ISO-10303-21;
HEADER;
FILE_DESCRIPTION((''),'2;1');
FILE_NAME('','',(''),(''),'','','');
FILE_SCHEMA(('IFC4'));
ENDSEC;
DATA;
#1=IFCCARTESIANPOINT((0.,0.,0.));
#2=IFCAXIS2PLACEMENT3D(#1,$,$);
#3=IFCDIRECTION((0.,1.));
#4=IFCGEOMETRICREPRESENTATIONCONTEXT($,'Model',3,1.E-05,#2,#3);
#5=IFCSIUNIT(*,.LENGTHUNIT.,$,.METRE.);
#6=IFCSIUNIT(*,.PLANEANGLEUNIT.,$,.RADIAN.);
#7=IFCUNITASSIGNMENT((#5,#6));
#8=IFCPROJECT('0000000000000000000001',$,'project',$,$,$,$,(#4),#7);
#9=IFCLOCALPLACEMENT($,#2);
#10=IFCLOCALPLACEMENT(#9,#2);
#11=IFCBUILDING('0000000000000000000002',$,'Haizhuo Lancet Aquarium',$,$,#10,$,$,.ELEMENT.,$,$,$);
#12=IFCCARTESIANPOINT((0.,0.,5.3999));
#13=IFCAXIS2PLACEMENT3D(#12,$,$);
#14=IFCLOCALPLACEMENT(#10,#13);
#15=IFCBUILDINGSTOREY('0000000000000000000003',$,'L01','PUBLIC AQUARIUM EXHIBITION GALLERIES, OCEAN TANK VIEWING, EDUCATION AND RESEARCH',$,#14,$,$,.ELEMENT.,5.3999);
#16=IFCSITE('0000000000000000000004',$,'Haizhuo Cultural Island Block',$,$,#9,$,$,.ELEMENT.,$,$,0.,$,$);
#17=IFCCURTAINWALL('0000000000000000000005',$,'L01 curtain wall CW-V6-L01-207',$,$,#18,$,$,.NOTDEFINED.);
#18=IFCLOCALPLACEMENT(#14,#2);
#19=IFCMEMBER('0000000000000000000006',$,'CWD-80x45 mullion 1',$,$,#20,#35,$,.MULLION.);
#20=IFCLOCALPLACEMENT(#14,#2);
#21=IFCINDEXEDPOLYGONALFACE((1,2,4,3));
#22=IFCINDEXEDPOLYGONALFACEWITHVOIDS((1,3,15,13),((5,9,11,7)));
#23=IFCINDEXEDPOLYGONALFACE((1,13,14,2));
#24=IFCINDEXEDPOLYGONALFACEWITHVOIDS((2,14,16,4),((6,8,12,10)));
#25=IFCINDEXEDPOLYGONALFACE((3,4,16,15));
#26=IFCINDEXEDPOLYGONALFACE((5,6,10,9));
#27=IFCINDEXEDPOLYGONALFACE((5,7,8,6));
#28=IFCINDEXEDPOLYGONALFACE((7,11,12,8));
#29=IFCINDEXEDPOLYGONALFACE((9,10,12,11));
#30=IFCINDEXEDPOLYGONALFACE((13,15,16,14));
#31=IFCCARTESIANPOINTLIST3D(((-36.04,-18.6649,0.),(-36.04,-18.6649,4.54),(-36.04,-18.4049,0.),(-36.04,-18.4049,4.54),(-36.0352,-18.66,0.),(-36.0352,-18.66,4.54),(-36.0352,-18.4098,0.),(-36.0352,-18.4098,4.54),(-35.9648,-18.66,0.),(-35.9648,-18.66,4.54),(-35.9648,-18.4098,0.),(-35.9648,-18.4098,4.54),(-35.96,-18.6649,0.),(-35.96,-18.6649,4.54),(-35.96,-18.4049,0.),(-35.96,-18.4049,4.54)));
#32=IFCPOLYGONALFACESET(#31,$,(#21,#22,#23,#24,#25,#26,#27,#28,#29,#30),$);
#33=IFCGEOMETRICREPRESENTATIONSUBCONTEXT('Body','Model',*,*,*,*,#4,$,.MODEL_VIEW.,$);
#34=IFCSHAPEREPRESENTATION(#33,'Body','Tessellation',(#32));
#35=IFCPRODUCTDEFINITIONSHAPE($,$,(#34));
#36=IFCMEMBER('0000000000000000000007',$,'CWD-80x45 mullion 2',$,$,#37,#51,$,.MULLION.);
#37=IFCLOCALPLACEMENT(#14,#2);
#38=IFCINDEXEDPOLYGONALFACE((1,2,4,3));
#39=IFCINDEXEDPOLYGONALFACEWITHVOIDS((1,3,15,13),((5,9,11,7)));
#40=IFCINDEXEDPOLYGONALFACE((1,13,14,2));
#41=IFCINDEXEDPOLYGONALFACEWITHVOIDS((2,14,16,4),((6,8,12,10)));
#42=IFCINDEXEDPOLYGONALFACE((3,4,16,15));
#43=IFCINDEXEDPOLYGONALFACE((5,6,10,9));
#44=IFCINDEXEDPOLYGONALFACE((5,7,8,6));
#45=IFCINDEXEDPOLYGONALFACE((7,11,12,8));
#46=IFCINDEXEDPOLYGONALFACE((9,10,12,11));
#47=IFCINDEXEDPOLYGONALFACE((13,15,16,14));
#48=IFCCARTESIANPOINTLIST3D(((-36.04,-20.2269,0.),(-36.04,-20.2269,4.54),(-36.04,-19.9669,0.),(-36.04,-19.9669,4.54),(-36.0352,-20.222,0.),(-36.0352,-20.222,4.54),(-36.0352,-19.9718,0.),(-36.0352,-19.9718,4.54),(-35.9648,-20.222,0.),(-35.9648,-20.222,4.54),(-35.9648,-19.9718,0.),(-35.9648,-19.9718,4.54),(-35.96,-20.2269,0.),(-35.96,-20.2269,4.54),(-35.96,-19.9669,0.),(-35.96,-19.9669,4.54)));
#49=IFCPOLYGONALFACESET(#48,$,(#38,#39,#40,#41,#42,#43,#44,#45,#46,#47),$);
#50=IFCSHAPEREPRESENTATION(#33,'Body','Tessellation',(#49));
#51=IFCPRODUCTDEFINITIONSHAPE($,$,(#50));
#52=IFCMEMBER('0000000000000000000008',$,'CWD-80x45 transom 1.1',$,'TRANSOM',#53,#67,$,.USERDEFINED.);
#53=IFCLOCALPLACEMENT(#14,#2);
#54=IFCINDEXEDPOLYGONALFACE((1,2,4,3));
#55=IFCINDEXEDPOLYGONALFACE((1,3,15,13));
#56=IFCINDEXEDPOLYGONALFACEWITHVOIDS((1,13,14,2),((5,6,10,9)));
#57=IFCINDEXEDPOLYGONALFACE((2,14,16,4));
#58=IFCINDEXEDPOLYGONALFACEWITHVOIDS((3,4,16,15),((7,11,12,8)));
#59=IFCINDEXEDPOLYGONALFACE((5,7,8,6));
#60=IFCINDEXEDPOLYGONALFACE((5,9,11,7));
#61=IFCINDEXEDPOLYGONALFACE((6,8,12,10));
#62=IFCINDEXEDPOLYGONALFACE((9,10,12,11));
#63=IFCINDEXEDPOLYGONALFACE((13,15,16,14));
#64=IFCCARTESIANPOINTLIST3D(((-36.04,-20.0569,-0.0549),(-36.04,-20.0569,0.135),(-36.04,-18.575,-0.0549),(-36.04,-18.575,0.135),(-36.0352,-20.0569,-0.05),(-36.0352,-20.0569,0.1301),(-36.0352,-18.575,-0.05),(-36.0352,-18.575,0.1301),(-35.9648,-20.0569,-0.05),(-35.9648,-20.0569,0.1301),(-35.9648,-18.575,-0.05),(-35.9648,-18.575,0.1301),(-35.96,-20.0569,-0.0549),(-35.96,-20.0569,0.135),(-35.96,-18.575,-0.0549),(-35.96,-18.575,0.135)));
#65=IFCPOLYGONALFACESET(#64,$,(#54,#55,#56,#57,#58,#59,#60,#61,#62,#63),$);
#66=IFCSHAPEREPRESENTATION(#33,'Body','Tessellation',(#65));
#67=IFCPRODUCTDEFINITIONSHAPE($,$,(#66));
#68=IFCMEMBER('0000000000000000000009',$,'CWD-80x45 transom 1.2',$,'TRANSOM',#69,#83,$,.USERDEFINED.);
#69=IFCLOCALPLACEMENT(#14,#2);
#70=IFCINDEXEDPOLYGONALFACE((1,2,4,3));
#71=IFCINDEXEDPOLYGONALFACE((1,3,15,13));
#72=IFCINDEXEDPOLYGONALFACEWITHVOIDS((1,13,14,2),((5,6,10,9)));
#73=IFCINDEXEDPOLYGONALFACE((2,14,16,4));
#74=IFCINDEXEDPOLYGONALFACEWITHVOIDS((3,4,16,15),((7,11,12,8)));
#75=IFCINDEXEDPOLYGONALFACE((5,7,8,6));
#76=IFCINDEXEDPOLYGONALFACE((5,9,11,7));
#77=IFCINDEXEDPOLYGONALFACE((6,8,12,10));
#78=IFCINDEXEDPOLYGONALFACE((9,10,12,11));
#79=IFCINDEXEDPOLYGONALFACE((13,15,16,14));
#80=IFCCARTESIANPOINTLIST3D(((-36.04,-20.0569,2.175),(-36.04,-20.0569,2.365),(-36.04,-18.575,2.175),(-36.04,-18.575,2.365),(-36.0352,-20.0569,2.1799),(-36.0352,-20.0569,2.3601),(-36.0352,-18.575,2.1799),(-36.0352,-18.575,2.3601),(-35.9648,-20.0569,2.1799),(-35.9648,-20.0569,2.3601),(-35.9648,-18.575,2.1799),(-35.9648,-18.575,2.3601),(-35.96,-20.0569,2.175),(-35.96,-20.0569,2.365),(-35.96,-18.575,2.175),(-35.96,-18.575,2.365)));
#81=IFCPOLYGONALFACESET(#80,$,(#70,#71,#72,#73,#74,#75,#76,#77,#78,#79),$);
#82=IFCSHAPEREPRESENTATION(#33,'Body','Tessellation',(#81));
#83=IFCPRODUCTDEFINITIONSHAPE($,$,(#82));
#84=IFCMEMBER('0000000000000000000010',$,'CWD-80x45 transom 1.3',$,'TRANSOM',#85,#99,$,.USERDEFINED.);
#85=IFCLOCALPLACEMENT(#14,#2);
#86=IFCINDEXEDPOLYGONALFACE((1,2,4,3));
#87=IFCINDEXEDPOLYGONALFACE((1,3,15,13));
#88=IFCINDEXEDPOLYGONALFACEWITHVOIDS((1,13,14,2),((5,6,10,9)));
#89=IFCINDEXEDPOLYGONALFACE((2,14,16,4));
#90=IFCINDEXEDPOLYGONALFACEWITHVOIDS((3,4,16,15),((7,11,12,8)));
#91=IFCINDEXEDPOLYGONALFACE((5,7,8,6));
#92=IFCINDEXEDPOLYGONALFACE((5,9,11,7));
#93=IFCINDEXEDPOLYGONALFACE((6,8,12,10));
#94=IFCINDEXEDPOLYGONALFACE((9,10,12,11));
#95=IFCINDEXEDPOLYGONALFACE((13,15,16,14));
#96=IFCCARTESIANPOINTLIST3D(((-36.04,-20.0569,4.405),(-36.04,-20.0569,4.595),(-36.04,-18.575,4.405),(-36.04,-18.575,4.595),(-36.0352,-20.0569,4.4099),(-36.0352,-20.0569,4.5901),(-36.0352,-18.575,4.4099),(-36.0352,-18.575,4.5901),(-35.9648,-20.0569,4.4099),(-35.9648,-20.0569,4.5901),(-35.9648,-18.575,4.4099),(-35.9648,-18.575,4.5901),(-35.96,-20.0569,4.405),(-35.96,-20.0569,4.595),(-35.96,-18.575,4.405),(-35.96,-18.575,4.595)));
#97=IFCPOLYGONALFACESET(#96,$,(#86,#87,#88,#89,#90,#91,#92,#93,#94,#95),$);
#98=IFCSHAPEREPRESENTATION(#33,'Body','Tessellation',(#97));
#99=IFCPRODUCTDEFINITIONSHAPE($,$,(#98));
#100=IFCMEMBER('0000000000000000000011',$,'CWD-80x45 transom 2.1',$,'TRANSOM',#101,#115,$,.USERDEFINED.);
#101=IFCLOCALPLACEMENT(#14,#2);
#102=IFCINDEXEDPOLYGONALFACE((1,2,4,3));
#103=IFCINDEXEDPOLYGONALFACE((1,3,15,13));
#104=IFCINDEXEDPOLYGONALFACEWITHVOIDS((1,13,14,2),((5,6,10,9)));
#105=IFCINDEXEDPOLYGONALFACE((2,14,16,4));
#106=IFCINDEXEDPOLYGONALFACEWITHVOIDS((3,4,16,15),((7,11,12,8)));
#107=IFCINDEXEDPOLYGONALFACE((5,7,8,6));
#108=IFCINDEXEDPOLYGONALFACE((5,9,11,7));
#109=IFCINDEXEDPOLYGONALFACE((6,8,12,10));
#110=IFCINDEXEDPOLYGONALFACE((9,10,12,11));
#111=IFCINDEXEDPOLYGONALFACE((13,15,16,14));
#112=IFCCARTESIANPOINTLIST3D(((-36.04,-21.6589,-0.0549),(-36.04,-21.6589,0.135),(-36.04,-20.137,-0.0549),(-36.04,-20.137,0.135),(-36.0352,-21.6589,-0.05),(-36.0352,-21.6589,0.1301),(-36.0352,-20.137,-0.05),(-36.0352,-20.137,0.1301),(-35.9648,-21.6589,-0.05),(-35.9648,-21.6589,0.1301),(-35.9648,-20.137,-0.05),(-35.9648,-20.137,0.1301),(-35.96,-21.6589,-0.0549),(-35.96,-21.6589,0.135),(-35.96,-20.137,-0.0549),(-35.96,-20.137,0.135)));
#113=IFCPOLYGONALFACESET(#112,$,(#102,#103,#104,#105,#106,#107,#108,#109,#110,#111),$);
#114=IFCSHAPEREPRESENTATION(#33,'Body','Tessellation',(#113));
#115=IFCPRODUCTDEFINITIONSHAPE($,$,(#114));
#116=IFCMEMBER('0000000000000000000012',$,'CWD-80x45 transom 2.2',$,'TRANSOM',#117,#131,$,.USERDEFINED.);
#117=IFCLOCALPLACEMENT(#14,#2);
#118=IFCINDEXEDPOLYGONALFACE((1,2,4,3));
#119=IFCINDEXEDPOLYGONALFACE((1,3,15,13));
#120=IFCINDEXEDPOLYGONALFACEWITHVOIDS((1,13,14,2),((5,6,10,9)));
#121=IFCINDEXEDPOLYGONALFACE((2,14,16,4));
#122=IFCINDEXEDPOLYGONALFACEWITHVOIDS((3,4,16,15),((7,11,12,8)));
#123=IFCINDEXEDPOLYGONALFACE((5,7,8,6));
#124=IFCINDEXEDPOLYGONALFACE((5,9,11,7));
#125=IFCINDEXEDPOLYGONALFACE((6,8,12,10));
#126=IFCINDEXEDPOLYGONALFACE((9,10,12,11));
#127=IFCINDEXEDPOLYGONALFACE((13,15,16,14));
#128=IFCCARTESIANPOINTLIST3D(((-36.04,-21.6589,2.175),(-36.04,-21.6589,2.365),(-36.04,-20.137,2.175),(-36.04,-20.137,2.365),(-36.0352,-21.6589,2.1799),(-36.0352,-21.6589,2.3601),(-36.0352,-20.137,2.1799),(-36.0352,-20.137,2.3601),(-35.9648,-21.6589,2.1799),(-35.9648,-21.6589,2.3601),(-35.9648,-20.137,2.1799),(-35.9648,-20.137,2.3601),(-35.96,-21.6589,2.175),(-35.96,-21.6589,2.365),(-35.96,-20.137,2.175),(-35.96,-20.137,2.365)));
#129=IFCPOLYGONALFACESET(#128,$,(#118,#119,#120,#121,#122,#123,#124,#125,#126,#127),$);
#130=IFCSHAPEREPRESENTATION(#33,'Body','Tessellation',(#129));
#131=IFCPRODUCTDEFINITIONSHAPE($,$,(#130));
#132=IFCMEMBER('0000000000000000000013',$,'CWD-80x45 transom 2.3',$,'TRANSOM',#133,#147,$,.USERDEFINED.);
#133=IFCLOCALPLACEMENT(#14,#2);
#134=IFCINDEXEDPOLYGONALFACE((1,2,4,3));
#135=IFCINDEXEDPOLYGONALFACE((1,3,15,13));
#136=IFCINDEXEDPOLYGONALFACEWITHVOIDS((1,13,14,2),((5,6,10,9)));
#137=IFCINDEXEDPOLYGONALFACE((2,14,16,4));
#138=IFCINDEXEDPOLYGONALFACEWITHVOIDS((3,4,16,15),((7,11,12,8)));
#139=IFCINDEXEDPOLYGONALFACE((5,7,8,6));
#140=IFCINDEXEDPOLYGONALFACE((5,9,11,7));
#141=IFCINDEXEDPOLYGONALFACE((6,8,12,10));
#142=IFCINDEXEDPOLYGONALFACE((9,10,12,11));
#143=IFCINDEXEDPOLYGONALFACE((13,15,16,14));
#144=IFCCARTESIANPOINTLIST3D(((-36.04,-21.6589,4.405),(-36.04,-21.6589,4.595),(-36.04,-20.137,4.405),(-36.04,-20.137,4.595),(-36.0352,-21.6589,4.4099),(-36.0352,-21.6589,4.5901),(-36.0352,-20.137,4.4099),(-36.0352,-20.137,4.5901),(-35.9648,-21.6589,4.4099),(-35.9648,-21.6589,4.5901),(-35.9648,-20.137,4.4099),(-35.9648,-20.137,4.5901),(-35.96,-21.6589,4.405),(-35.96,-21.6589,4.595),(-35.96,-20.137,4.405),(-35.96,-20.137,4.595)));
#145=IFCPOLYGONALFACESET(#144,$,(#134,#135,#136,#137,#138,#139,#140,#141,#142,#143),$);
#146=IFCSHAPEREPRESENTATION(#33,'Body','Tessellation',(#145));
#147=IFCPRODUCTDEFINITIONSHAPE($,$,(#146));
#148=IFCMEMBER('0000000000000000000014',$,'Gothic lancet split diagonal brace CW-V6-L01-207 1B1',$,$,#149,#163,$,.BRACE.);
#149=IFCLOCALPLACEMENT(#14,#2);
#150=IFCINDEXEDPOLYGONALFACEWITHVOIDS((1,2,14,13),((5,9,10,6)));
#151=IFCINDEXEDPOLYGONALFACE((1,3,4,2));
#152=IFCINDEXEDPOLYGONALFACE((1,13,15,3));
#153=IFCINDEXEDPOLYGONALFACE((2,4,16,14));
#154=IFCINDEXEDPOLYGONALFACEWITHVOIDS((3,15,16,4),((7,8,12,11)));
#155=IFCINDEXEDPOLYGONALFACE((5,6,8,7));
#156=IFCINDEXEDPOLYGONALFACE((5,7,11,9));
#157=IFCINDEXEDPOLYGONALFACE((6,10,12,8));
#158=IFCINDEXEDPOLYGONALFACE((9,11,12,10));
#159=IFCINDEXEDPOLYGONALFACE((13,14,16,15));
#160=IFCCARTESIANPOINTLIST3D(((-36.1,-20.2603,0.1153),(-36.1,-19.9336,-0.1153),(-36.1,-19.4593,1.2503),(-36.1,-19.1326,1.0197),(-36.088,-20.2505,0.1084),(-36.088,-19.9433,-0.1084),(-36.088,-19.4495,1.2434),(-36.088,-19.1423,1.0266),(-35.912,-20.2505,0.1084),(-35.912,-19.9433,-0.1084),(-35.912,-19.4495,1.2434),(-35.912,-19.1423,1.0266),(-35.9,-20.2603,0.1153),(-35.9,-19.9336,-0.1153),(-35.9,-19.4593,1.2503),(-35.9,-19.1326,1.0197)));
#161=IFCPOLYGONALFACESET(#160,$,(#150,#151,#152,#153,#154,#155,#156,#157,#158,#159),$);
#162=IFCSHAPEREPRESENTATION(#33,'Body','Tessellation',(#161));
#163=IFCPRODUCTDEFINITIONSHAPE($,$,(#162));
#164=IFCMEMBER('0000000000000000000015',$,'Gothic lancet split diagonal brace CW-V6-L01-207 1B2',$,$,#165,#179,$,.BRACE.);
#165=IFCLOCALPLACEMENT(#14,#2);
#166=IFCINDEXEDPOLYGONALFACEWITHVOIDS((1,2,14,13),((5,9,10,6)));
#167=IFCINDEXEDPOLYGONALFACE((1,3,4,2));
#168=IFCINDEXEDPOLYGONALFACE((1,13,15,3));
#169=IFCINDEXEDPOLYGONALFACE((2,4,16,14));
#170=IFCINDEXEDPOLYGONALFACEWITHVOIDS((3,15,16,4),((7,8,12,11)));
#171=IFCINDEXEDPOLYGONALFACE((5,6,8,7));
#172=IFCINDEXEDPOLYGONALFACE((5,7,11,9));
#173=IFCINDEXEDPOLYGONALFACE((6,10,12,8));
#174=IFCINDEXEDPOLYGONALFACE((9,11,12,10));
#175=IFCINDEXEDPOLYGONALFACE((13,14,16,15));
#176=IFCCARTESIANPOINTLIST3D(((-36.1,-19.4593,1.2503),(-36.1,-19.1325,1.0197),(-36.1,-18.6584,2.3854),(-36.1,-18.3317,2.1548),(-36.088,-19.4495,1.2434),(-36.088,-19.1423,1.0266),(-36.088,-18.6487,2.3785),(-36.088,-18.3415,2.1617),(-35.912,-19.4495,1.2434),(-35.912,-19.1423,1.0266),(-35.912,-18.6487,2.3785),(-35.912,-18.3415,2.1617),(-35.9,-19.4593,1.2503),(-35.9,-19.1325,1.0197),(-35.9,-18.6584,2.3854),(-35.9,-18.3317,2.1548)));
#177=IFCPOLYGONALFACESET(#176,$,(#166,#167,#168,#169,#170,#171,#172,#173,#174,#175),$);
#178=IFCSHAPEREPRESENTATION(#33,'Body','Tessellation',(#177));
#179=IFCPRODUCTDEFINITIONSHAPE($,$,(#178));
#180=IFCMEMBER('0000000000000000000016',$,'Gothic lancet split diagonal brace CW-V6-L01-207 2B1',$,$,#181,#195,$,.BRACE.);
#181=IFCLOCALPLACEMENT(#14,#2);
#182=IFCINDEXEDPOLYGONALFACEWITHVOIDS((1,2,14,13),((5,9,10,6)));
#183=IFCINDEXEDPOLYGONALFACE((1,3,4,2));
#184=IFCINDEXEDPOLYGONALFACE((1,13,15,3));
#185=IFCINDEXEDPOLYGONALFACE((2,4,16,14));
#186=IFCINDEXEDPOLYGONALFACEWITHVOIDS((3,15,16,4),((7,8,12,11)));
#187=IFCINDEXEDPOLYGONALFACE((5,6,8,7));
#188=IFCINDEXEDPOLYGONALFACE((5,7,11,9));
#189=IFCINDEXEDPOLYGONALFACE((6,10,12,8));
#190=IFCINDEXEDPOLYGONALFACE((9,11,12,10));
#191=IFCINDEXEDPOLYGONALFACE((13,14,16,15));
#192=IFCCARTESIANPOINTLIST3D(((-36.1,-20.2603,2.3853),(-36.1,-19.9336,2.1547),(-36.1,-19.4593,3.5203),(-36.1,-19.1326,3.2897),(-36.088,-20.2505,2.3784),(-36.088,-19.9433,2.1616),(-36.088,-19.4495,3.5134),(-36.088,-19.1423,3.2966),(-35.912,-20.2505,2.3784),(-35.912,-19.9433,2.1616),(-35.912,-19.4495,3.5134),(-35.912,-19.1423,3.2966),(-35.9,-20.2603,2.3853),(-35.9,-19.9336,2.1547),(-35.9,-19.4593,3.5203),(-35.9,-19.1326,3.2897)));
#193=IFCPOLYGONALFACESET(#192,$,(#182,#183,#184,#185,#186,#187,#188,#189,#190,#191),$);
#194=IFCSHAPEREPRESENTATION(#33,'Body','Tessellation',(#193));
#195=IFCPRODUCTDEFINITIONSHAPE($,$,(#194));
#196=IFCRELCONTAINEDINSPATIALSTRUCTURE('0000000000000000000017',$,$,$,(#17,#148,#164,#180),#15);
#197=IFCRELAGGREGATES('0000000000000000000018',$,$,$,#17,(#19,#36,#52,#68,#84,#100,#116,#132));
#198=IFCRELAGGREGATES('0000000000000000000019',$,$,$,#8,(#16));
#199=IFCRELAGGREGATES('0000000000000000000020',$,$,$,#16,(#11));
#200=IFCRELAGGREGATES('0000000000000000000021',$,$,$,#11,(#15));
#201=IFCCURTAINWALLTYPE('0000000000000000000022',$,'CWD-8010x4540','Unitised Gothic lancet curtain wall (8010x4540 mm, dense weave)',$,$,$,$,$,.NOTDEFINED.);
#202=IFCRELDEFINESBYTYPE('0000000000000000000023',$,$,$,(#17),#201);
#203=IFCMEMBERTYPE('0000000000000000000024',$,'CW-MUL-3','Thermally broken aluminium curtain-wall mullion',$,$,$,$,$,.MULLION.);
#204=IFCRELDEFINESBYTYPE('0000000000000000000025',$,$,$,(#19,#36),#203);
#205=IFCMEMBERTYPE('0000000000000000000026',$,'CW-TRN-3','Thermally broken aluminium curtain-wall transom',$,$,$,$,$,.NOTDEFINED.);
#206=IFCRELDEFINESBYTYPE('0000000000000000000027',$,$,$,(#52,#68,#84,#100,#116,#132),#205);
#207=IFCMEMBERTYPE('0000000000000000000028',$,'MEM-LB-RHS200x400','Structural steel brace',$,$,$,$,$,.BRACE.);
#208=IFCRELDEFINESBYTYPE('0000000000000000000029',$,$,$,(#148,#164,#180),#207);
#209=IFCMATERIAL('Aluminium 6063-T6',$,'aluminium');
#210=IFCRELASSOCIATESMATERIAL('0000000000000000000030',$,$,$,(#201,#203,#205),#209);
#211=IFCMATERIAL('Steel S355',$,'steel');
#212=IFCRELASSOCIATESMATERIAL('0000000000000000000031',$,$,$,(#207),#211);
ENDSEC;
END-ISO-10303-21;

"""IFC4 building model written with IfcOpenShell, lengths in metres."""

from ifc_helpers import new_model, si_unit, direction, frame, origin, origin_2d, place, context, subcontext, project, spatial, hollow_rectangle, extrude, material, material_profile, profile_set, type_object, element, aggregate, save


model = new_model("IFC4")

# Units and contexts
model_context = context("Model", 3, precision=1e-05, world=origin(), true_north=direction((0.0, 1.0)))
body_context = subcontext(model_context, "Body", "Model", "MODEL_VIEW")
ifc_project = project(units=[si_unit("LENGTHUNIT", "METRE"), si_unit("PLANEANGLEUNIT", "RADIAN")], contexts=[model_context])

# Site, building, storey
site_placement = place(None, origin())
site = spatial("IfcSite", under=ifc_project, at=site_placement, Name="Haizhuo Cultural Island Block", CompositionType="ELEMENT", RefElevation=0.0)
building_placement = place(site_placement, origin())
building = spatial("IfcBuilding", under=site, at=building_placement, Name="Haizhuo Lancet Aquarium", CompositionType="ELEMENT")
storey_placement = place(building_placement, frame((0.0, 0.0, 5.3999)))
storey = spatial("IfcBuildingStorey", under=building, at=storey_placement, Name="L01", Description="PUBLIC AQUARIUM EXHIBITION GALLERIES, OCEAN TANK VIEWING, EDUCATION AND RESEARCH", CompositionType="ELEMENT", Elevation=5.3999)

# Curtain wall, members
ifc_material_1 = material(Name="Aluminium 6063-T6", Category="aluminium")
curtain_wall_type = type_object("IfcCurtainWallType", Name="CWD-8010x4540", Description="Unitised Gothic lancet curtain wall (8010x4540 mm, dense weave)", PredefinedType="NOTDEFINED", material=ifc_material_1)
curtain_wall_placement = place(storey_placement, origin())
curtain_wall = element("IfcCurtainWall", 1, at=curtain_wall_placement, inside=storey, type_object=curtain_wall_type, Name="L01 curtain wall CW-V6-L01-207", PredefinedType="NOTDEFINED")
ifc_material_profile_1 = material_profile(ifc_material_1, hollow_rectangle(XDim=0.0801, YDim=0.26, WallThickness=0.0049, at=origin_2d()), Name="ALU-M 80x260x5")
ifc_profile_set_1 = profile_set([ifc_material_profile_1], Name="Aluminium 6063-T6")
member_type_1 = type_object("IfcMemberType", Name="CW-MUL-3", Description="Thermally broken aluminium curtain-wall mullion", PredefinedType="MULLION", material=ifc_profile_set_1)
member_1_placement = place(storey_placement, frame((-36.0, -18.5349, 0.0), z_axis=(0.0, 0.0, 1.0), x_axis=(1.0, 0.0, 0.0)))
member_1 = element("IfcMember", 2, at=member_1_placement, type_object=member_type_1, Name="CWD-80x45 mullion 1", PredefinedType="MULLION", context=body_context, shape_type="SweptSolid", body=[
    extrude(hollow_rectangle(XDim=0.0801, YDim=0.26, WallThickness=0.0049, at=origin_2d()), origin(), (0.0, 0.0, 1.0), 4.54),
])
member_2_placement = place(storey_placement, frame((-36.0, -20.0969, 0.0), z_axis=(0.0, 0.0, 1.0), x_axis=(1.0, 0.0, 0.0)))
member_2 = element("IfcMember", 3, at=member_2_placement, type_object=member_type_1, Name="CWD-80x45 mullion 2", PredefinedType="MULLION", context=body_context, shape_type="SweptSolid", body=[
    extrude(hollow_rectangle(XDim=0.0801, YDim=0.26, WallThickness=0.0049, at=origin_2d()), origin(), (0.0, 0.0, 1.0), 4.54),
])
ifc_material_profile_2 = material_profile(ifc_material_1, hollow_rectangle(XDim=0.0801, YDim=0.1899, WallThickness=0.0049, at=origin_2d()), Name="ALU-T 80x190x5")
ifc_profile_set_2 = profile_set([ifc_material_profile_2], Name="Aluminium 6063-T6")
member_type_2 = type_object("IfcMemberType", Name="CW-TRN-3", Description="Thermally broken aluminium curtain-wall transom", PredefinedType="NOTDEFINED", material=ifc_profile_set_2)
member_3_placement = place(storey_placement, frame((-36.0, -18.575, 0.04), z_axis=(0.0, -1.0, 0.0), x_axis=(1.0, 0.0, 0.0)))
member_3 = element("IfcMember", 4, at=member_3_placement, type_object=member_type_2, Name="CWD-80x45 transom 1.1", ObjectType="TRANSOM", PredefinedType="USERDEFINED", context=body_context, shape_type="SweptSolid", body=[
    extrude(hollow_rectangle(XDim=0.0801, YDim=0.1899, WallThickness=0.0049, at=origin_2d()), origin(), (0.0, 0.0, 1.0), 1.4819),
])
member_4_placement = place(storey_placement, frame((-36.0, -18.575, 2.27), z_axis=(0.0, -1.0, 0.0), x_axis=(1.0, 0.0, 0.0)))
member_4 = element("IfcMember", 5, at=member_4_placement, type_object=member_type_2, Name="CWD-80x45 transom 1.2", ObjectType="TRANSOM", PredefinedType="USERDEFINED", context=body_context, shape_type="SweptSolid", body=[
    extrude(hollow_rectangle(XDim=0.0801, YDim=0.1899, WallThickness=0.0049, at=origin_2d()), origin(), (0.0, 0.0, 1.0), 1.4819),
])
member_5_placement = place(storey_placement, frame((-36.0, -18.575, 4.5), z_axis=(0.0, -1.0, 0.0), x_axis=(1.0, 0.0, 0.0)))
member_5 = element("IfcMember", 6, at=member_5_placement, type_object=member_type_2, Name="CWD-80x45 transom 1.3", ObjectType="TRANSOM", PredefinedType="USERDEFINED", context=body_context, shape_type="SweptSolid", body=[
    extrude(hollow_rectangle(XDim=0.0801, YDim=0.1899, WallThickness=0.0049, at=origin_2d()), origin(), (0.0, 0.0, 1.0), 1.4819),
])
member_6_placement = place(storey_placement, frame((-36.0, -20.137, 0.04), z_axis=(0.0, -1.0, 0.0), x_axis=(1.0, 0.0, 0.0)))
member_6 = element("IfcMember", 7, at=member_6_placement, type_object=member_type_2, Name="CWD-80x45 transom 2.1", ObjectType="TRANSOM", PredefinedType="USERDEFINED", context=body_context, shape_type="SweptSolid", body=[
    extrude(hollow_rectangle(XDim=0.0801, YDim=0.1899, WallThickness=0.0049, at=origin_2d()), origin(), (0.0, 0.0, 1.0), 1.522),
])
member_7_placement = place(storey_placement, frame((-36.0, -20.137, 2.27), z_axis=(0.0, -1.0, 0.0), x_axis=(1.0, 0.0, 0.0)))
member_7 = element("IfcMember", 8, at=member_7_placement, type_object=member_type_2, Name="CWD-80x45 transom 2.2", ObjectType="TRANSOM", PredefinedType="USERDEFINED", context=body_context, shape_type="SweptSolid", body=[
    extrude(hollow_rectangle(XDim=0.0801, YDim=0.1899, WallThickness=0.0049, at=origin_2d()), origin(), (0.0, 0.0, 1.0), 1.522),
])
member_8_placement = place(storey_placement, frame((-36.0, -20.137, 4.5), z_axis=(0.0, -1.0, 0.0), x_axis=(1.0, 0.0, 0.0)))
member_8 = element("IfcMember", 9, at=member_8_placement, type_object=member_type_2, Name="CWD-80x45 transom 2.3", ObjectType="TRANSOM", PredefinedType="USERDEFINED", context=body_context, shape_type="SweptSolid", body=[
    extrude(hollow_rectangle(XDim=0.0801, YDim=0.1899, WallThickness=0.0049, at=origin_2d()), origin(), (0.0, 0.0, 1.0), 1.522),
])

# Members
ifc_material_2 = material(Name="Steel S355", Category="steel")
ifc_material_profile_3 = material_profile(ifc_material_2, hollow_rectangle(XDim=0.2, YDim=0.3999, WallThickness=0.012, at=origin_2d()), Name="RHS 200x400x12")
ifc_profile_set_3 = profile_set([ifc_material_profile_3], Name="Steel S355")
member_type_3 = type_object("IfcMemberType", Name="MEM-LB-RHS200x400", Description="Structural steel brace", PredefinedType="BRACE", material=ifc_profile_set_3)
for number, where, z_axis, x_axis, name in (
    (10, (-36.0, -20.0969, 0.0), (0.0, 0.576607, 0.817021), (-1.0, 0.0, 0.0), "Gothic lancet split diagonal brace CW-V6-L01-207 1B1"),
    (11, (-36.0, -19.2959, 1.135), (0.0, 0.57649, 0.817104), (-1.0, 0.0, 0.0), "Gothic lancet split diagonal brace CW-V6-L01-207 1B2"),
    (12, (-36.0, -20.0969, 2.27), (0.0, 0.576607, 0.817021), (-1.0, 0.0, 0.0), "Gothic lancet split diagonal brace CW-V6-L01-207 2B1"),
):
    element("IfcMember", number, at=place(storey_placement, frame(where, z_axis=z_axis, x_axis=x_axis)), inside=storey, type_object=member_type_3, Name=name, PredefinedType="BRACE", context=body_context, shape_type="SweptSolid", body=[
        extrude(hollow_rectangle(XDim=0.2, YDim=0.3999, WallThickness=0.012, at=origin_2d()), origin(), (0.0, 0.0, 1.0), 1.3892),
    ])

aggregate(curtain_wall, [member_1, member_2, member_3, member_4, member_5, member_6, member_7, member_8])

save(model, "model.ifc")
